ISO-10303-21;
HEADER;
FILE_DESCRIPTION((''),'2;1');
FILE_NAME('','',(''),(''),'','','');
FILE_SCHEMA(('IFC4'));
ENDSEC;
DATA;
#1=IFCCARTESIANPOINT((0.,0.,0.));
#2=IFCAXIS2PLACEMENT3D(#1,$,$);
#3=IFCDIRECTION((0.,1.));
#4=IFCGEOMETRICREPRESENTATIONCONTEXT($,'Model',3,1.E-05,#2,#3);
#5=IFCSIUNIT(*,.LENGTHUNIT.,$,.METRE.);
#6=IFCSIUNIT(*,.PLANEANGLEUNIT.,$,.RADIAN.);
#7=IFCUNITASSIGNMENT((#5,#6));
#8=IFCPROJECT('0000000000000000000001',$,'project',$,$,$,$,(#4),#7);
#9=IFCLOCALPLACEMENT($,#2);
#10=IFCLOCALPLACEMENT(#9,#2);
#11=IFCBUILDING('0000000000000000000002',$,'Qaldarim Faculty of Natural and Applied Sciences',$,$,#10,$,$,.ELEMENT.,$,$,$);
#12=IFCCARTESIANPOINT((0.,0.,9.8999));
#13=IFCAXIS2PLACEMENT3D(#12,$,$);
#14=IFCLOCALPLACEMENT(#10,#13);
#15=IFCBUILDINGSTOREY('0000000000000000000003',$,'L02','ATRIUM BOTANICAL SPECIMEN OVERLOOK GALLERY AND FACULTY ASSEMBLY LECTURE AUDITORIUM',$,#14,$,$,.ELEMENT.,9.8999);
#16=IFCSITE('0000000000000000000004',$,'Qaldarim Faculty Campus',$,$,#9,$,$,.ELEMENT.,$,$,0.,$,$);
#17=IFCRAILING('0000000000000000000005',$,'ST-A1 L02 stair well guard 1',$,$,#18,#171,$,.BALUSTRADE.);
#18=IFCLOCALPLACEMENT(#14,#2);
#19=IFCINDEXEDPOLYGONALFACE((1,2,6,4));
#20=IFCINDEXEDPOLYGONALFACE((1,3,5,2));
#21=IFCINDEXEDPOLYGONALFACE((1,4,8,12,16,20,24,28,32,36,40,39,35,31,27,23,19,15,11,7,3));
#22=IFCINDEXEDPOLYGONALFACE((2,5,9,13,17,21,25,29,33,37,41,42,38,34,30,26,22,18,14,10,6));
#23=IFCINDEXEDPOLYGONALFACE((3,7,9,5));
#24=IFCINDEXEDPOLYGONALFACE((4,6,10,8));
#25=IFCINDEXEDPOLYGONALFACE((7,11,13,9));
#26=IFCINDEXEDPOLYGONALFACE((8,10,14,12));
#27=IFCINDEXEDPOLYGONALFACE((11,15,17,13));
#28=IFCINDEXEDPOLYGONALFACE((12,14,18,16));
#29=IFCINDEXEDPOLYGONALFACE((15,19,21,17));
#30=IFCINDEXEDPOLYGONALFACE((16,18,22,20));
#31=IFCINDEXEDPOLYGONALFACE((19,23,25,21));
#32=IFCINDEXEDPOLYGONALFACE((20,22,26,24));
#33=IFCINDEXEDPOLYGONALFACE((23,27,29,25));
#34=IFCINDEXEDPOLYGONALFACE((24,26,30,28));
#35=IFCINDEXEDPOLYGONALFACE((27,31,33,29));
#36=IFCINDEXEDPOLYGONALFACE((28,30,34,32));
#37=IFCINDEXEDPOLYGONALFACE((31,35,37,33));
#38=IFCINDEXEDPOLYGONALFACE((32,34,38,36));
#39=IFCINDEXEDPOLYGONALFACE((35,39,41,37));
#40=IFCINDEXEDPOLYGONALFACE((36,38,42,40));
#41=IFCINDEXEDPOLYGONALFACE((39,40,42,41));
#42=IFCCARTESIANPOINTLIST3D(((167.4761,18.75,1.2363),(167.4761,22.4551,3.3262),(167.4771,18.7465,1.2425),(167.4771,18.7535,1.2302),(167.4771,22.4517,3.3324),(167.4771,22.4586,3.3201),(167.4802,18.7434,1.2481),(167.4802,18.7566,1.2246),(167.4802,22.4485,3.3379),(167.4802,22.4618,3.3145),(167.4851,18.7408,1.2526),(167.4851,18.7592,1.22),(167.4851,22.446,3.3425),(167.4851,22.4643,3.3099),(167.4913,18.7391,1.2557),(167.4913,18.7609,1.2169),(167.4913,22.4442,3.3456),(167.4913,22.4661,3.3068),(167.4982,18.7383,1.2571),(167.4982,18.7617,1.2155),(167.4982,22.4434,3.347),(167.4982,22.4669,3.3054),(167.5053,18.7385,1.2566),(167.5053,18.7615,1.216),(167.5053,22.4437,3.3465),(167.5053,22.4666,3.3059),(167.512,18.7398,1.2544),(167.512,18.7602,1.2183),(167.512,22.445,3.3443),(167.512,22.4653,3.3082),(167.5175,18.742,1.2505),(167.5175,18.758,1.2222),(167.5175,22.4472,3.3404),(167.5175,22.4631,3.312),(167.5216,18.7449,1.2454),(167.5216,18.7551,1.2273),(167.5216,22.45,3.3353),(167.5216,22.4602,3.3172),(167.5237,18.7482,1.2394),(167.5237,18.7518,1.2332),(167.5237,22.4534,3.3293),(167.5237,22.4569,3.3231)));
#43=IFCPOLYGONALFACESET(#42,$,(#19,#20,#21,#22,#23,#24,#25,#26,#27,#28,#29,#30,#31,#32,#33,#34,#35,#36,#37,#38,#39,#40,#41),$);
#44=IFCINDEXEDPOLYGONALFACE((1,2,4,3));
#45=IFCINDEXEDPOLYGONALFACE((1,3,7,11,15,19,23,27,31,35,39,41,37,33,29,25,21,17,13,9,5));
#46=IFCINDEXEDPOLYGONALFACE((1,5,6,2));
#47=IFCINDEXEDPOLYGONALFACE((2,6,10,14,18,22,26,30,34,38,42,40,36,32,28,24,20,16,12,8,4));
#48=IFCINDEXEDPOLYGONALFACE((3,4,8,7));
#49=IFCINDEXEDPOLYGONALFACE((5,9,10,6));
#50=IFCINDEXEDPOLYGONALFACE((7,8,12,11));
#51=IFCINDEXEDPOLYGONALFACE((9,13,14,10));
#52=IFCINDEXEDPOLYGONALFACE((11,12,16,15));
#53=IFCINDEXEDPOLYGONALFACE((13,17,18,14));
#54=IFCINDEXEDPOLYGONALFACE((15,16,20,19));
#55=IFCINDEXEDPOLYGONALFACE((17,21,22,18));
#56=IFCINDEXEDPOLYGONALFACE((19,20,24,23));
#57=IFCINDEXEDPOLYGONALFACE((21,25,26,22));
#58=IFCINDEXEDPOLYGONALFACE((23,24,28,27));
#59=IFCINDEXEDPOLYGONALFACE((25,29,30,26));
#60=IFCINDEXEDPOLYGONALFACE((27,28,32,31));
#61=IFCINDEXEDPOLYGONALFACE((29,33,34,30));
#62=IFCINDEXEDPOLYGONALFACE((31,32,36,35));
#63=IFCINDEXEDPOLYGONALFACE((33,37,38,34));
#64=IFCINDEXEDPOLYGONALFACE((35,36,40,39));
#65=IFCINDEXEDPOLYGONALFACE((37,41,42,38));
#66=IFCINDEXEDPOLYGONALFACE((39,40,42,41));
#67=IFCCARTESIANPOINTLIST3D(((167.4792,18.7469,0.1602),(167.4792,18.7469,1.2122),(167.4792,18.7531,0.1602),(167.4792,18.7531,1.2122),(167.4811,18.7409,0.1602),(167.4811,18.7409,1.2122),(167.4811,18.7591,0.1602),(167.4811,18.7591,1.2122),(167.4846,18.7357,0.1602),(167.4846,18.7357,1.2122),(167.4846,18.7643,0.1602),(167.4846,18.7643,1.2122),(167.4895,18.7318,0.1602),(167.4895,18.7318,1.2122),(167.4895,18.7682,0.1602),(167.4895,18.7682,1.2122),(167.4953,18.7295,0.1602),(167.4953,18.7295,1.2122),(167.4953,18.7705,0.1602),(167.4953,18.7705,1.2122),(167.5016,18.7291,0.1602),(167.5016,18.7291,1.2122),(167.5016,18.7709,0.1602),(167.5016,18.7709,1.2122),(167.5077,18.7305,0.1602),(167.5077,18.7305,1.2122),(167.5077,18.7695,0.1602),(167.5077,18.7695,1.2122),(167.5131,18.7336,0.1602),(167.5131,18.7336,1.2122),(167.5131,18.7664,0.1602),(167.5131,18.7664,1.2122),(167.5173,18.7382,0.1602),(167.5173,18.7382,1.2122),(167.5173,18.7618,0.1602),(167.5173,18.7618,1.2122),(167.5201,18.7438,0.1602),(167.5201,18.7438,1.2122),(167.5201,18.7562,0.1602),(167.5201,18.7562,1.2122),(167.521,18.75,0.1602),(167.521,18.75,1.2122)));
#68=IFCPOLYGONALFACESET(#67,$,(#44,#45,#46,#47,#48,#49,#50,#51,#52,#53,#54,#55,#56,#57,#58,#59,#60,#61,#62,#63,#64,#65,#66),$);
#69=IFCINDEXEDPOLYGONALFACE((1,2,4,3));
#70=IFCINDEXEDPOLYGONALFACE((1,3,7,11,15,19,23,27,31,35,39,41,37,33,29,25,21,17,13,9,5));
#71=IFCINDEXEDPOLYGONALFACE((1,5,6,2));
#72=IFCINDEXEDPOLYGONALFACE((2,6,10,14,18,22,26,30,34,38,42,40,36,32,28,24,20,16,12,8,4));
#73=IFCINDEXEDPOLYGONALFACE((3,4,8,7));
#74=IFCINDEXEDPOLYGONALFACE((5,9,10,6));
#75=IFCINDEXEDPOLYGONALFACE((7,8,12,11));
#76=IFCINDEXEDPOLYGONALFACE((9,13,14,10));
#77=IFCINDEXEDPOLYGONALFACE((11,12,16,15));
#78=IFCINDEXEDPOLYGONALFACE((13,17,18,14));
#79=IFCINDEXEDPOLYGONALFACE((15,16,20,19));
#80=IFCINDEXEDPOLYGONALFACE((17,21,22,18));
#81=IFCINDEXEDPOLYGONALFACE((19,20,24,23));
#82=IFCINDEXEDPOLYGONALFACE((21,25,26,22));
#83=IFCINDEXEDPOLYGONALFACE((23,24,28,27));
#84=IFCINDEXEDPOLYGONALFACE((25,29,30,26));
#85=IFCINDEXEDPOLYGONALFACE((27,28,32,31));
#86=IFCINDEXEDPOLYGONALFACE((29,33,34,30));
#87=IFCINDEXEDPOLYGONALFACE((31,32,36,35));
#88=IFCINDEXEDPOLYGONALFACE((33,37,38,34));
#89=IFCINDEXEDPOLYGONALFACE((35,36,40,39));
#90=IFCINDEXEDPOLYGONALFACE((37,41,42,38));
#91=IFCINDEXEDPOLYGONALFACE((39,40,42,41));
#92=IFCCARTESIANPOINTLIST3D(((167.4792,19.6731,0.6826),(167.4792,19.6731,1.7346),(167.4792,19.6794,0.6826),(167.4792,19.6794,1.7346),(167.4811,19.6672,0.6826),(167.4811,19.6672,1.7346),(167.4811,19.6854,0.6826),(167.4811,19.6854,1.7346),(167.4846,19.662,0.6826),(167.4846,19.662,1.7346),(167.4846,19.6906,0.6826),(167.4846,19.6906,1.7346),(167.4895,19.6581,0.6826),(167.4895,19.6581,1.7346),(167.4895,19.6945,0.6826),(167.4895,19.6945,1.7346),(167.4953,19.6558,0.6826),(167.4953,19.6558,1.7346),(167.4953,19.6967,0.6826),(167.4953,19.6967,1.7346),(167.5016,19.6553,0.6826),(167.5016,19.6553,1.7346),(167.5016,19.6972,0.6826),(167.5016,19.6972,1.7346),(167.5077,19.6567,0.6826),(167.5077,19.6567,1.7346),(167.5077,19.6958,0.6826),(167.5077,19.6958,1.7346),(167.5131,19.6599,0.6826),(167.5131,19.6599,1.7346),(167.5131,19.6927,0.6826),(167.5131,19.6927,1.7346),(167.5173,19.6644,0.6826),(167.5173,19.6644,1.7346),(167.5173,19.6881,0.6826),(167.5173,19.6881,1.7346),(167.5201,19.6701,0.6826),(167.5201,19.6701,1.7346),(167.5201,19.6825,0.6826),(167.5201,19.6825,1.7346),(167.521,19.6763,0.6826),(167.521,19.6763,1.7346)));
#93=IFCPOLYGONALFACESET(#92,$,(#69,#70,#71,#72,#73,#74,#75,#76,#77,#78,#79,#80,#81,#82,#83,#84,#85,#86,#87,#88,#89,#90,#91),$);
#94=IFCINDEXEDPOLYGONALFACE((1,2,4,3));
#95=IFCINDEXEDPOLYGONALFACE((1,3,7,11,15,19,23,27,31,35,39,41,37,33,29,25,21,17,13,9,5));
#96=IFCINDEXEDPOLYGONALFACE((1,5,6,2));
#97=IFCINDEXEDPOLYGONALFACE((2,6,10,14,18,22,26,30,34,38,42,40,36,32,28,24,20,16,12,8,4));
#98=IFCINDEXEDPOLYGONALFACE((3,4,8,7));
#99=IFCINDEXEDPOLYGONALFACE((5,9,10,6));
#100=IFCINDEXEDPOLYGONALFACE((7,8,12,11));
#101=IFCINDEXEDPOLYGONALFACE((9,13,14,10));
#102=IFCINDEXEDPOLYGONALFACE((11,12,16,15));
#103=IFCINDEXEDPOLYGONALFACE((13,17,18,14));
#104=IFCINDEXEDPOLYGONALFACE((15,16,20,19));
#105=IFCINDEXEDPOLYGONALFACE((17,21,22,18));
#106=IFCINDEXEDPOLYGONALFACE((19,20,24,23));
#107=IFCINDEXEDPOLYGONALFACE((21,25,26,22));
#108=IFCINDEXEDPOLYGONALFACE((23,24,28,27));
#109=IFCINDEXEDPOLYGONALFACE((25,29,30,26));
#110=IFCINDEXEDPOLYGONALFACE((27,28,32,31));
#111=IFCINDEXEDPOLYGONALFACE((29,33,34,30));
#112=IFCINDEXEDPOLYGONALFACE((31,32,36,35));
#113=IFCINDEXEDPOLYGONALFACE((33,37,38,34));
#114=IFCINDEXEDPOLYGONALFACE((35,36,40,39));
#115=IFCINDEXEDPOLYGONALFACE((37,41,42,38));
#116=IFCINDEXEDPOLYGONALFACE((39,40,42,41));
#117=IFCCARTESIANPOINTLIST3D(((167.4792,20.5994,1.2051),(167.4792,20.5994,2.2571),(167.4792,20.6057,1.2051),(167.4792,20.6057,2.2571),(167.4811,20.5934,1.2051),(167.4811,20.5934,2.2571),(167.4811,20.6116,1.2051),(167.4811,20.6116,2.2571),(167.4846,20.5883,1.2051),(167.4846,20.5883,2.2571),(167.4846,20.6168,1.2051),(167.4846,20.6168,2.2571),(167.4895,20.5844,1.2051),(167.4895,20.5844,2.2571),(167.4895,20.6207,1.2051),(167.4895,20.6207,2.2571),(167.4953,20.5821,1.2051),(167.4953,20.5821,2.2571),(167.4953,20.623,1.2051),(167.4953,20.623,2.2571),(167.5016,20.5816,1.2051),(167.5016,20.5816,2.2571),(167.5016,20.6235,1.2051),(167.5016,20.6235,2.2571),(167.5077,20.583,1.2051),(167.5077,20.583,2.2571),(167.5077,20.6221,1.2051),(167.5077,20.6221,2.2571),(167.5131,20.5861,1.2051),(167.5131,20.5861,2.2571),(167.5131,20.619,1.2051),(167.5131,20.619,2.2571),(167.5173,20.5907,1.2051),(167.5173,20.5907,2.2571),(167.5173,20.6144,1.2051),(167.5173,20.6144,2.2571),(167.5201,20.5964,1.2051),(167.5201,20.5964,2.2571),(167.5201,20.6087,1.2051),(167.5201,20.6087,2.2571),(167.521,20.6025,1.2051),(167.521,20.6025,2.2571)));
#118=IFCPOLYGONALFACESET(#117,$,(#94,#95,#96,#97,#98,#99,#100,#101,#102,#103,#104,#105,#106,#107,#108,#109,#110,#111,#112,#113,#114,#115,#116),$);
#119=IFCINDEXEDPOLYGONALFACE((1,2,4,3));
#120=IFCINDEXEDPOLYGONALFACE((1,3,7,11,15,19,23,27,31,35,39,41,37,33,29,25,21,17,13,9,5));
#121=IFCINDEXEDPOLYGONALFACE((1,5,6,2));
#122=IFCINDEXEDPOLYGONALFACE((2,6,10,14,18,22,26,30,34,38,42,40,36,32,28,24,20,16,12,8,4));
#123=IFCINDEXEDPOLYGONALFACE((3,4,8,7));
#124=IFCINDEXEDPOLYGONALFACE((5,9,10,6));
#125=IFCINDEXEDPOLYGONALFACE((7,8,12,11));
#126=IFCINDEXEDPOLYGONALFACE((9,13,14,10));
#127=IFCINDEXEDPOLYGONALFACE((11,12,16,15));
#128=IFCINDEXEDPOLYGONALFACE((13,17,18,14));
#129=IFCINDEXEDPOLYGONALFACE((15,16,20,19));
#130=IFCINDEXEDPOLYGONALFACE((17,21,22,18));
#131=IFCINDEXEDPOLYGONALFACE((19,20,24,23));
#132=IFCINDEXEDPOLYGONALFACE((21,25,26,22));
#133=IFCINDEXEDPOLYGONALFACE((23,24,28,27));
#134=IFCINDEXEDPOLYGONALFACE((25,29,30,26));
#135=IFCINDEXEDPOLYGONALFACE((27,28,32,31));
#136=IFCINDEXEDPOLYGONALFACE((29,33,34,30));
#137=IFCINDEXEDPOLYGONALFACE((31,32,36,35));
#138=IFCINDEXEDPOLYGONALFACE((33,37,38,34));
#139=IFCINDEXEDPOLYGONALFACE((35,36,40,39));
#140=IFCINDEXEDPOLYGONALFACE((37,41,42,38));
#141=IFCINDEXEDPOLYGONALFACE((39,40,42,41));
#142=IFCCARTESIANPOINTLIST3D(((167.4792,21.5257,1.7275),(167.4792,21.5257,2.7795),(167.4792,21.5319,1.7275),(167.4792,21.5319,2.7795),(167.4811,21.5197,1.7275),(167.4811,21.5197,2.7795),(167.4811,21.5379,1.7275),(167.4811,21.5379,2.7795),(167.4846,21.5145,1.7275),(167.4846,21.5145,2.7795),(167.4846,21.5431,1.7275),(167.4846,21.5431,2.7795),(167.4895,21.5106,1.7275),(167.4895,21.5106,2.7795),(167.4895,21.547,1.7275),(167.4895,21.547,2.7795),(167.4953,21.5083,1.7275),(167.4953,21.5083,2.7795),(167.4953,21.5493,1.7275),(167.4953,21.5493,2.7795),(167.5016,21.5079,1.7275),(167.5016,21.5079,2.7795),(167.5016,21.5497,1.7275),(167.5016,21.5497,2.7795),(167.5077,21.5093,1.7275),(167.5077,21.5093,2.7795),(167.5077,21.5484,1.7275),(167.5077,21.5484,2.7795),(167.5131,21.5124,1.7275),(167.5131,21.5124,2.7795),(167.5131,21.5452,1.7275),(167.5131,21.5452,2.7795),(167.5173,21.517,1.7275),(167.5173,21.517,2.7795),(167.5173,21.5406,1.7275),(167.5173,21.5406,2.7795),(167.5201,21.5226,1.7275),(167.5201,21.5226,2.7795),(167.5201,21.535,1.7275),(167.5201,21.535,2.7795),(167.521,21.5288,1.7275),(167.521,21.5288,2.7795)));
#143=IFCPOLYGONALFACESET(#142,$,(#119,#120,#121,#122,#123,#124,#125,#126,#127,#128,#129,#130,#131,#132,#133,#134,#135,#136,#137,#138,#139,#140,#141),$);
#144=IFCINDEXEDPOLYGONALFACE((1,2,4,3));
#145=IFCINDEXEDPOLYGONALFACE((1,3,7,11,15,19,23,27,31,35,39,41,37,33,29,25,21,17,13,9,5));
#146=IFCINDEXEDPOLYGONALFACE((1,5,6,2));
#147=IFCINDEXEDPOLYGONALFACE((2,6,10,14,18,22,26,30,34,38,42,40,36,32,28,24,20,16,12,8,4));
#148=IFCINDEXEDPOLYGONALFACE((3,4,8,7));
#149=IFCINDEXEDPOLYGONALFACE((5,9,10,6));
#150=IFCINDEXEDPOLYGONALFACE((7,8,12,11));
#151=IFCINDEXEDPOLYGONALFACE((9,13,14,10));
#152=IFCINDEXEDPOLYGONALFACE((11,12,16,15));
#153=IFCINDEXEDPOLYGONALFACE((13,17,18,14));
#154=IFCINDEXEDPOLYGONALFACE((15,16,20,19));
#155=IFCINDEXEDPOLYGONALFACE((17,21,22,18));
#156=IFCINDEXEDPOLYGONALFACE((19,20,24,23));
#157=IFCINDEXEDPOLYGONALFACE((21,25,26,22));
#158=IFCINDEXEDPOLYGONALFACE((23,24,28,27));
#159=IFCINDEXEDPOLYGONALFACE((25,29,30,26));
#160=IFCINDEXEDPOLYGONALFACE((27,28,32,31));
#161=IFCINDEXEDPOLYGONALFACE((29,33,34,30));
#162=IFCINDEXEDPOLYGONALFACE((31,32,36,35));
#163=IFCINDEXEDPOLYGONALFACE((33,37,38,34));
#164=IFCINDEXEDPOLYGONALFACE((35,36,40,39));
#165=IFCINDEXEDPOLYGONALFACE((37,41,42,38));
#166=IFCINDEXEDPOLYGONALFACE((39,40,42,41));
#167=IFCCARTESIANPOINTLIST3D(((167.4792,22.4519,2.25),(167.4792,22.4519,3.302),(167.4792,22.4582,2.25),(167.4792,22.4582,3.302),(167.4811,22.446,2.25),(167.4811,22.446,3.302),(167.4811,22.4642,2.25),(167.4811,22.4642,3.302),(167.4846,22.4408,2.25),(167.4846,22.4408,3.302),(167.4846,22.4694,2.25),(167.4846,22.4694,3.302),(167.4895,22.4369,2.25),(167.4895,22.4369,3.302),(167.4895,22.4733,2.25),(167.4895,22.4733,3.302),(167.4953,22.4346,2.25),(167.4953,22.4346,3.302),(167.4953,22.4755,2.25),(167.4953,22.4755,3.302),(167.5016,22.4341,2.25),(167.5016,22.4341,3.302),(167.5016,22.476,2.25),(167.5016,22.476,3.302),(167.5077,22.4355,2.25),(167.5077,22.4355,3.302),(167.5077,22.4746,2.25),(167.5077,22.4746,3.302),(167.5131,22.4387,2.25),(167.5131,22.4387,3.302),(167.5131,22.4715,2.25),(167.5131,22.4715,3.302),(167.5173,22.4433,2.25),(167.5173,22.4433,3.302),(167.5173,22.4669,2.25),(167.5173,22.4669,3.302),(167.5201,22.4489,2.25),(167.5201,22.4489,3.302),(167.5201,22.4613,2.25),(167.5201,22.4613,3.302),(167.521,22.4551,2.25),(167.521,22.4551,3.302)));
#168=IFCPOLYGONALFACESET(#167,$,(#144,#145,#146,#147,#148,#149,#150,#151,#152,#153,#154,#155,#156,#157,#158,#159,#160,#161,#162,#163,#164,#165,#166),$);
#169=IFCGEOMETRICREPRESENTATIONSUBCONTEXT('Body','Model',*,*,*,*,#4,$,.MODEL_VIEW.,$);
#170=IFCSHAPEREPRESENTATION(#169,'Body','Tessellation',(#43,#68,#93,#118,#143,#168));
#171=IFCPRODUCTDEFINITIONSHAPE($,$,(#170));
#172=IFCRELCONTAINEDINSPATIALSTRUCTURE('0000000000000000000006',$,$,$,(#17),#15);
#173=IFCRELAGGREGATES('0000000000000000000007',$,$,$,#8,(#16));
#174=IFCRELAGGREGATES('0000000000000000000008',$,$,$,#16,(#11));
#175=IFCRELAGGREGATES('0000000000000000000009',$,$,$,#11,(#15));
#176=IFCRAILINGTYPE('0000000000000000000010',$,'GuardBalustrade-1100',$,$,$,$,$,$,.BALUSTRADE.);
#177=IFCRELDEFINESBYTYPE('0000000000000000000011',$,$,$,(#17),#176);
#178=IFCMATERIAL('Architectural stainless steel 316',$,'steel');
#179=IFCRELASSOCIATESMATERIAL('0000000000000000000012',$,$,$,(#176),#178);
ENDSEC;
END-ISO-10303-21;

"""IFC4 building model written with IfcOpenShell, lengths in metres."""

from ifc_helpers import new_model, si_unit, direction, frame, origin, origin_2d, place, context, subcontext, project, spatial, circle, extrude, material, type_object, element, save


model = new_model("IFC4")

# Units and contexts
model_context = context("Model", 3, precision=1e-05, world=origin(), true_north=direction((0.0, 1.0)))
body_context = subcontext(model_context, "Body", "Model", "MODEL_VIEW")
ifc_project = project(units=[si_unit("LENGTHUNIT", "METRE"), si_unit("PLANEANGLEUNIT", "RADIAN")], contexts=[model_context])

# Site, building, storey
site_placement = place(None, origin())
site = spatial("IfcSite", under=ifc_project, at=site_placement, Name="Qaldarim Faculty Campus", CompositionType="ELEMENT", RefElevation=0.0)
building_placement = place(site_placement, origin())
building = spatial("IfcBuilding", under=site, at=building_placement, Name="Qaldarim Faculty of Natural and Applied Sciences", CompositionType="ELEMENT")
storey_placement = place(building_placement, frame((0.0, 0.0, 9.8999)))
storey = spatial("IfcBuildingStorey", under=building, at=storey_placement, Name="L02", Description="ATRIUM BOTANICAL SPECIMEN OVERLOOK GALLERY AND FACULTY ASSEMBLY LECTURE AUDITORIUM", CompositionType="ELEMENT", Elevation=9.8999)

# Shared definitions
ifc_material_1 = material(Name="Architectural stainless steel 316", Category="steel")

# Railing
railing_type_1 = type_object("IfcRailingType", Name="GuardBalustrade-1100", PredefinedType="BALUSTRADE", material=ifc_material_1)
railing_1_placement = place(storey_placement, frame((167.5, 18.75, 0.1602)))
element("IfcRailing", 1, at=railing_1_placement, inside=storey, type_object=railing_type_1, Name="ST-A1 L02 stair well guard 1", PredefinedType="BALUSTRADE", context=body_context, shape_type="SweptSolid", body=[
    extrude(circle(Radius=0.0239, at=origin_2d()), frame((0.0, 0.0, 1.0762), z_axis=(0.0, 0.870999, 0.491285), x_axis=(-1.0, 0.0, 0.0)), (0.0, 0.0, 1.0), 4.2539),
    extrude(circle(Radius=0.021, at=origin_2d()), origin(), (0.0, 0.0, 1.0), 1.052),
    extrude(circle(Radius=0.021, at=origin_2d()), frame((0.0, 0.9263, 0.5225)), (0.0, 0.0, 1.0), 1.052),
    extrude(circle(Radius=0.021, at=origin_2d()), frame((0.0, 1.8525, 1.0449)), (0.0, 0.0, 1.0), 1.052),
    extrude(circle(Radius=0.021, at=origin_2d()), frame((0.0, 2.7788, 1.5674)), (0.0, 0.0, 1.0), 1.052),
    extrude(circle(Radius=0.021, at=origin_2d()), frame((0.0, 3.7051, 2.0898)), (0.0, 0.0, 1.0), 1.052),
])

save(model, "model.ifc")
